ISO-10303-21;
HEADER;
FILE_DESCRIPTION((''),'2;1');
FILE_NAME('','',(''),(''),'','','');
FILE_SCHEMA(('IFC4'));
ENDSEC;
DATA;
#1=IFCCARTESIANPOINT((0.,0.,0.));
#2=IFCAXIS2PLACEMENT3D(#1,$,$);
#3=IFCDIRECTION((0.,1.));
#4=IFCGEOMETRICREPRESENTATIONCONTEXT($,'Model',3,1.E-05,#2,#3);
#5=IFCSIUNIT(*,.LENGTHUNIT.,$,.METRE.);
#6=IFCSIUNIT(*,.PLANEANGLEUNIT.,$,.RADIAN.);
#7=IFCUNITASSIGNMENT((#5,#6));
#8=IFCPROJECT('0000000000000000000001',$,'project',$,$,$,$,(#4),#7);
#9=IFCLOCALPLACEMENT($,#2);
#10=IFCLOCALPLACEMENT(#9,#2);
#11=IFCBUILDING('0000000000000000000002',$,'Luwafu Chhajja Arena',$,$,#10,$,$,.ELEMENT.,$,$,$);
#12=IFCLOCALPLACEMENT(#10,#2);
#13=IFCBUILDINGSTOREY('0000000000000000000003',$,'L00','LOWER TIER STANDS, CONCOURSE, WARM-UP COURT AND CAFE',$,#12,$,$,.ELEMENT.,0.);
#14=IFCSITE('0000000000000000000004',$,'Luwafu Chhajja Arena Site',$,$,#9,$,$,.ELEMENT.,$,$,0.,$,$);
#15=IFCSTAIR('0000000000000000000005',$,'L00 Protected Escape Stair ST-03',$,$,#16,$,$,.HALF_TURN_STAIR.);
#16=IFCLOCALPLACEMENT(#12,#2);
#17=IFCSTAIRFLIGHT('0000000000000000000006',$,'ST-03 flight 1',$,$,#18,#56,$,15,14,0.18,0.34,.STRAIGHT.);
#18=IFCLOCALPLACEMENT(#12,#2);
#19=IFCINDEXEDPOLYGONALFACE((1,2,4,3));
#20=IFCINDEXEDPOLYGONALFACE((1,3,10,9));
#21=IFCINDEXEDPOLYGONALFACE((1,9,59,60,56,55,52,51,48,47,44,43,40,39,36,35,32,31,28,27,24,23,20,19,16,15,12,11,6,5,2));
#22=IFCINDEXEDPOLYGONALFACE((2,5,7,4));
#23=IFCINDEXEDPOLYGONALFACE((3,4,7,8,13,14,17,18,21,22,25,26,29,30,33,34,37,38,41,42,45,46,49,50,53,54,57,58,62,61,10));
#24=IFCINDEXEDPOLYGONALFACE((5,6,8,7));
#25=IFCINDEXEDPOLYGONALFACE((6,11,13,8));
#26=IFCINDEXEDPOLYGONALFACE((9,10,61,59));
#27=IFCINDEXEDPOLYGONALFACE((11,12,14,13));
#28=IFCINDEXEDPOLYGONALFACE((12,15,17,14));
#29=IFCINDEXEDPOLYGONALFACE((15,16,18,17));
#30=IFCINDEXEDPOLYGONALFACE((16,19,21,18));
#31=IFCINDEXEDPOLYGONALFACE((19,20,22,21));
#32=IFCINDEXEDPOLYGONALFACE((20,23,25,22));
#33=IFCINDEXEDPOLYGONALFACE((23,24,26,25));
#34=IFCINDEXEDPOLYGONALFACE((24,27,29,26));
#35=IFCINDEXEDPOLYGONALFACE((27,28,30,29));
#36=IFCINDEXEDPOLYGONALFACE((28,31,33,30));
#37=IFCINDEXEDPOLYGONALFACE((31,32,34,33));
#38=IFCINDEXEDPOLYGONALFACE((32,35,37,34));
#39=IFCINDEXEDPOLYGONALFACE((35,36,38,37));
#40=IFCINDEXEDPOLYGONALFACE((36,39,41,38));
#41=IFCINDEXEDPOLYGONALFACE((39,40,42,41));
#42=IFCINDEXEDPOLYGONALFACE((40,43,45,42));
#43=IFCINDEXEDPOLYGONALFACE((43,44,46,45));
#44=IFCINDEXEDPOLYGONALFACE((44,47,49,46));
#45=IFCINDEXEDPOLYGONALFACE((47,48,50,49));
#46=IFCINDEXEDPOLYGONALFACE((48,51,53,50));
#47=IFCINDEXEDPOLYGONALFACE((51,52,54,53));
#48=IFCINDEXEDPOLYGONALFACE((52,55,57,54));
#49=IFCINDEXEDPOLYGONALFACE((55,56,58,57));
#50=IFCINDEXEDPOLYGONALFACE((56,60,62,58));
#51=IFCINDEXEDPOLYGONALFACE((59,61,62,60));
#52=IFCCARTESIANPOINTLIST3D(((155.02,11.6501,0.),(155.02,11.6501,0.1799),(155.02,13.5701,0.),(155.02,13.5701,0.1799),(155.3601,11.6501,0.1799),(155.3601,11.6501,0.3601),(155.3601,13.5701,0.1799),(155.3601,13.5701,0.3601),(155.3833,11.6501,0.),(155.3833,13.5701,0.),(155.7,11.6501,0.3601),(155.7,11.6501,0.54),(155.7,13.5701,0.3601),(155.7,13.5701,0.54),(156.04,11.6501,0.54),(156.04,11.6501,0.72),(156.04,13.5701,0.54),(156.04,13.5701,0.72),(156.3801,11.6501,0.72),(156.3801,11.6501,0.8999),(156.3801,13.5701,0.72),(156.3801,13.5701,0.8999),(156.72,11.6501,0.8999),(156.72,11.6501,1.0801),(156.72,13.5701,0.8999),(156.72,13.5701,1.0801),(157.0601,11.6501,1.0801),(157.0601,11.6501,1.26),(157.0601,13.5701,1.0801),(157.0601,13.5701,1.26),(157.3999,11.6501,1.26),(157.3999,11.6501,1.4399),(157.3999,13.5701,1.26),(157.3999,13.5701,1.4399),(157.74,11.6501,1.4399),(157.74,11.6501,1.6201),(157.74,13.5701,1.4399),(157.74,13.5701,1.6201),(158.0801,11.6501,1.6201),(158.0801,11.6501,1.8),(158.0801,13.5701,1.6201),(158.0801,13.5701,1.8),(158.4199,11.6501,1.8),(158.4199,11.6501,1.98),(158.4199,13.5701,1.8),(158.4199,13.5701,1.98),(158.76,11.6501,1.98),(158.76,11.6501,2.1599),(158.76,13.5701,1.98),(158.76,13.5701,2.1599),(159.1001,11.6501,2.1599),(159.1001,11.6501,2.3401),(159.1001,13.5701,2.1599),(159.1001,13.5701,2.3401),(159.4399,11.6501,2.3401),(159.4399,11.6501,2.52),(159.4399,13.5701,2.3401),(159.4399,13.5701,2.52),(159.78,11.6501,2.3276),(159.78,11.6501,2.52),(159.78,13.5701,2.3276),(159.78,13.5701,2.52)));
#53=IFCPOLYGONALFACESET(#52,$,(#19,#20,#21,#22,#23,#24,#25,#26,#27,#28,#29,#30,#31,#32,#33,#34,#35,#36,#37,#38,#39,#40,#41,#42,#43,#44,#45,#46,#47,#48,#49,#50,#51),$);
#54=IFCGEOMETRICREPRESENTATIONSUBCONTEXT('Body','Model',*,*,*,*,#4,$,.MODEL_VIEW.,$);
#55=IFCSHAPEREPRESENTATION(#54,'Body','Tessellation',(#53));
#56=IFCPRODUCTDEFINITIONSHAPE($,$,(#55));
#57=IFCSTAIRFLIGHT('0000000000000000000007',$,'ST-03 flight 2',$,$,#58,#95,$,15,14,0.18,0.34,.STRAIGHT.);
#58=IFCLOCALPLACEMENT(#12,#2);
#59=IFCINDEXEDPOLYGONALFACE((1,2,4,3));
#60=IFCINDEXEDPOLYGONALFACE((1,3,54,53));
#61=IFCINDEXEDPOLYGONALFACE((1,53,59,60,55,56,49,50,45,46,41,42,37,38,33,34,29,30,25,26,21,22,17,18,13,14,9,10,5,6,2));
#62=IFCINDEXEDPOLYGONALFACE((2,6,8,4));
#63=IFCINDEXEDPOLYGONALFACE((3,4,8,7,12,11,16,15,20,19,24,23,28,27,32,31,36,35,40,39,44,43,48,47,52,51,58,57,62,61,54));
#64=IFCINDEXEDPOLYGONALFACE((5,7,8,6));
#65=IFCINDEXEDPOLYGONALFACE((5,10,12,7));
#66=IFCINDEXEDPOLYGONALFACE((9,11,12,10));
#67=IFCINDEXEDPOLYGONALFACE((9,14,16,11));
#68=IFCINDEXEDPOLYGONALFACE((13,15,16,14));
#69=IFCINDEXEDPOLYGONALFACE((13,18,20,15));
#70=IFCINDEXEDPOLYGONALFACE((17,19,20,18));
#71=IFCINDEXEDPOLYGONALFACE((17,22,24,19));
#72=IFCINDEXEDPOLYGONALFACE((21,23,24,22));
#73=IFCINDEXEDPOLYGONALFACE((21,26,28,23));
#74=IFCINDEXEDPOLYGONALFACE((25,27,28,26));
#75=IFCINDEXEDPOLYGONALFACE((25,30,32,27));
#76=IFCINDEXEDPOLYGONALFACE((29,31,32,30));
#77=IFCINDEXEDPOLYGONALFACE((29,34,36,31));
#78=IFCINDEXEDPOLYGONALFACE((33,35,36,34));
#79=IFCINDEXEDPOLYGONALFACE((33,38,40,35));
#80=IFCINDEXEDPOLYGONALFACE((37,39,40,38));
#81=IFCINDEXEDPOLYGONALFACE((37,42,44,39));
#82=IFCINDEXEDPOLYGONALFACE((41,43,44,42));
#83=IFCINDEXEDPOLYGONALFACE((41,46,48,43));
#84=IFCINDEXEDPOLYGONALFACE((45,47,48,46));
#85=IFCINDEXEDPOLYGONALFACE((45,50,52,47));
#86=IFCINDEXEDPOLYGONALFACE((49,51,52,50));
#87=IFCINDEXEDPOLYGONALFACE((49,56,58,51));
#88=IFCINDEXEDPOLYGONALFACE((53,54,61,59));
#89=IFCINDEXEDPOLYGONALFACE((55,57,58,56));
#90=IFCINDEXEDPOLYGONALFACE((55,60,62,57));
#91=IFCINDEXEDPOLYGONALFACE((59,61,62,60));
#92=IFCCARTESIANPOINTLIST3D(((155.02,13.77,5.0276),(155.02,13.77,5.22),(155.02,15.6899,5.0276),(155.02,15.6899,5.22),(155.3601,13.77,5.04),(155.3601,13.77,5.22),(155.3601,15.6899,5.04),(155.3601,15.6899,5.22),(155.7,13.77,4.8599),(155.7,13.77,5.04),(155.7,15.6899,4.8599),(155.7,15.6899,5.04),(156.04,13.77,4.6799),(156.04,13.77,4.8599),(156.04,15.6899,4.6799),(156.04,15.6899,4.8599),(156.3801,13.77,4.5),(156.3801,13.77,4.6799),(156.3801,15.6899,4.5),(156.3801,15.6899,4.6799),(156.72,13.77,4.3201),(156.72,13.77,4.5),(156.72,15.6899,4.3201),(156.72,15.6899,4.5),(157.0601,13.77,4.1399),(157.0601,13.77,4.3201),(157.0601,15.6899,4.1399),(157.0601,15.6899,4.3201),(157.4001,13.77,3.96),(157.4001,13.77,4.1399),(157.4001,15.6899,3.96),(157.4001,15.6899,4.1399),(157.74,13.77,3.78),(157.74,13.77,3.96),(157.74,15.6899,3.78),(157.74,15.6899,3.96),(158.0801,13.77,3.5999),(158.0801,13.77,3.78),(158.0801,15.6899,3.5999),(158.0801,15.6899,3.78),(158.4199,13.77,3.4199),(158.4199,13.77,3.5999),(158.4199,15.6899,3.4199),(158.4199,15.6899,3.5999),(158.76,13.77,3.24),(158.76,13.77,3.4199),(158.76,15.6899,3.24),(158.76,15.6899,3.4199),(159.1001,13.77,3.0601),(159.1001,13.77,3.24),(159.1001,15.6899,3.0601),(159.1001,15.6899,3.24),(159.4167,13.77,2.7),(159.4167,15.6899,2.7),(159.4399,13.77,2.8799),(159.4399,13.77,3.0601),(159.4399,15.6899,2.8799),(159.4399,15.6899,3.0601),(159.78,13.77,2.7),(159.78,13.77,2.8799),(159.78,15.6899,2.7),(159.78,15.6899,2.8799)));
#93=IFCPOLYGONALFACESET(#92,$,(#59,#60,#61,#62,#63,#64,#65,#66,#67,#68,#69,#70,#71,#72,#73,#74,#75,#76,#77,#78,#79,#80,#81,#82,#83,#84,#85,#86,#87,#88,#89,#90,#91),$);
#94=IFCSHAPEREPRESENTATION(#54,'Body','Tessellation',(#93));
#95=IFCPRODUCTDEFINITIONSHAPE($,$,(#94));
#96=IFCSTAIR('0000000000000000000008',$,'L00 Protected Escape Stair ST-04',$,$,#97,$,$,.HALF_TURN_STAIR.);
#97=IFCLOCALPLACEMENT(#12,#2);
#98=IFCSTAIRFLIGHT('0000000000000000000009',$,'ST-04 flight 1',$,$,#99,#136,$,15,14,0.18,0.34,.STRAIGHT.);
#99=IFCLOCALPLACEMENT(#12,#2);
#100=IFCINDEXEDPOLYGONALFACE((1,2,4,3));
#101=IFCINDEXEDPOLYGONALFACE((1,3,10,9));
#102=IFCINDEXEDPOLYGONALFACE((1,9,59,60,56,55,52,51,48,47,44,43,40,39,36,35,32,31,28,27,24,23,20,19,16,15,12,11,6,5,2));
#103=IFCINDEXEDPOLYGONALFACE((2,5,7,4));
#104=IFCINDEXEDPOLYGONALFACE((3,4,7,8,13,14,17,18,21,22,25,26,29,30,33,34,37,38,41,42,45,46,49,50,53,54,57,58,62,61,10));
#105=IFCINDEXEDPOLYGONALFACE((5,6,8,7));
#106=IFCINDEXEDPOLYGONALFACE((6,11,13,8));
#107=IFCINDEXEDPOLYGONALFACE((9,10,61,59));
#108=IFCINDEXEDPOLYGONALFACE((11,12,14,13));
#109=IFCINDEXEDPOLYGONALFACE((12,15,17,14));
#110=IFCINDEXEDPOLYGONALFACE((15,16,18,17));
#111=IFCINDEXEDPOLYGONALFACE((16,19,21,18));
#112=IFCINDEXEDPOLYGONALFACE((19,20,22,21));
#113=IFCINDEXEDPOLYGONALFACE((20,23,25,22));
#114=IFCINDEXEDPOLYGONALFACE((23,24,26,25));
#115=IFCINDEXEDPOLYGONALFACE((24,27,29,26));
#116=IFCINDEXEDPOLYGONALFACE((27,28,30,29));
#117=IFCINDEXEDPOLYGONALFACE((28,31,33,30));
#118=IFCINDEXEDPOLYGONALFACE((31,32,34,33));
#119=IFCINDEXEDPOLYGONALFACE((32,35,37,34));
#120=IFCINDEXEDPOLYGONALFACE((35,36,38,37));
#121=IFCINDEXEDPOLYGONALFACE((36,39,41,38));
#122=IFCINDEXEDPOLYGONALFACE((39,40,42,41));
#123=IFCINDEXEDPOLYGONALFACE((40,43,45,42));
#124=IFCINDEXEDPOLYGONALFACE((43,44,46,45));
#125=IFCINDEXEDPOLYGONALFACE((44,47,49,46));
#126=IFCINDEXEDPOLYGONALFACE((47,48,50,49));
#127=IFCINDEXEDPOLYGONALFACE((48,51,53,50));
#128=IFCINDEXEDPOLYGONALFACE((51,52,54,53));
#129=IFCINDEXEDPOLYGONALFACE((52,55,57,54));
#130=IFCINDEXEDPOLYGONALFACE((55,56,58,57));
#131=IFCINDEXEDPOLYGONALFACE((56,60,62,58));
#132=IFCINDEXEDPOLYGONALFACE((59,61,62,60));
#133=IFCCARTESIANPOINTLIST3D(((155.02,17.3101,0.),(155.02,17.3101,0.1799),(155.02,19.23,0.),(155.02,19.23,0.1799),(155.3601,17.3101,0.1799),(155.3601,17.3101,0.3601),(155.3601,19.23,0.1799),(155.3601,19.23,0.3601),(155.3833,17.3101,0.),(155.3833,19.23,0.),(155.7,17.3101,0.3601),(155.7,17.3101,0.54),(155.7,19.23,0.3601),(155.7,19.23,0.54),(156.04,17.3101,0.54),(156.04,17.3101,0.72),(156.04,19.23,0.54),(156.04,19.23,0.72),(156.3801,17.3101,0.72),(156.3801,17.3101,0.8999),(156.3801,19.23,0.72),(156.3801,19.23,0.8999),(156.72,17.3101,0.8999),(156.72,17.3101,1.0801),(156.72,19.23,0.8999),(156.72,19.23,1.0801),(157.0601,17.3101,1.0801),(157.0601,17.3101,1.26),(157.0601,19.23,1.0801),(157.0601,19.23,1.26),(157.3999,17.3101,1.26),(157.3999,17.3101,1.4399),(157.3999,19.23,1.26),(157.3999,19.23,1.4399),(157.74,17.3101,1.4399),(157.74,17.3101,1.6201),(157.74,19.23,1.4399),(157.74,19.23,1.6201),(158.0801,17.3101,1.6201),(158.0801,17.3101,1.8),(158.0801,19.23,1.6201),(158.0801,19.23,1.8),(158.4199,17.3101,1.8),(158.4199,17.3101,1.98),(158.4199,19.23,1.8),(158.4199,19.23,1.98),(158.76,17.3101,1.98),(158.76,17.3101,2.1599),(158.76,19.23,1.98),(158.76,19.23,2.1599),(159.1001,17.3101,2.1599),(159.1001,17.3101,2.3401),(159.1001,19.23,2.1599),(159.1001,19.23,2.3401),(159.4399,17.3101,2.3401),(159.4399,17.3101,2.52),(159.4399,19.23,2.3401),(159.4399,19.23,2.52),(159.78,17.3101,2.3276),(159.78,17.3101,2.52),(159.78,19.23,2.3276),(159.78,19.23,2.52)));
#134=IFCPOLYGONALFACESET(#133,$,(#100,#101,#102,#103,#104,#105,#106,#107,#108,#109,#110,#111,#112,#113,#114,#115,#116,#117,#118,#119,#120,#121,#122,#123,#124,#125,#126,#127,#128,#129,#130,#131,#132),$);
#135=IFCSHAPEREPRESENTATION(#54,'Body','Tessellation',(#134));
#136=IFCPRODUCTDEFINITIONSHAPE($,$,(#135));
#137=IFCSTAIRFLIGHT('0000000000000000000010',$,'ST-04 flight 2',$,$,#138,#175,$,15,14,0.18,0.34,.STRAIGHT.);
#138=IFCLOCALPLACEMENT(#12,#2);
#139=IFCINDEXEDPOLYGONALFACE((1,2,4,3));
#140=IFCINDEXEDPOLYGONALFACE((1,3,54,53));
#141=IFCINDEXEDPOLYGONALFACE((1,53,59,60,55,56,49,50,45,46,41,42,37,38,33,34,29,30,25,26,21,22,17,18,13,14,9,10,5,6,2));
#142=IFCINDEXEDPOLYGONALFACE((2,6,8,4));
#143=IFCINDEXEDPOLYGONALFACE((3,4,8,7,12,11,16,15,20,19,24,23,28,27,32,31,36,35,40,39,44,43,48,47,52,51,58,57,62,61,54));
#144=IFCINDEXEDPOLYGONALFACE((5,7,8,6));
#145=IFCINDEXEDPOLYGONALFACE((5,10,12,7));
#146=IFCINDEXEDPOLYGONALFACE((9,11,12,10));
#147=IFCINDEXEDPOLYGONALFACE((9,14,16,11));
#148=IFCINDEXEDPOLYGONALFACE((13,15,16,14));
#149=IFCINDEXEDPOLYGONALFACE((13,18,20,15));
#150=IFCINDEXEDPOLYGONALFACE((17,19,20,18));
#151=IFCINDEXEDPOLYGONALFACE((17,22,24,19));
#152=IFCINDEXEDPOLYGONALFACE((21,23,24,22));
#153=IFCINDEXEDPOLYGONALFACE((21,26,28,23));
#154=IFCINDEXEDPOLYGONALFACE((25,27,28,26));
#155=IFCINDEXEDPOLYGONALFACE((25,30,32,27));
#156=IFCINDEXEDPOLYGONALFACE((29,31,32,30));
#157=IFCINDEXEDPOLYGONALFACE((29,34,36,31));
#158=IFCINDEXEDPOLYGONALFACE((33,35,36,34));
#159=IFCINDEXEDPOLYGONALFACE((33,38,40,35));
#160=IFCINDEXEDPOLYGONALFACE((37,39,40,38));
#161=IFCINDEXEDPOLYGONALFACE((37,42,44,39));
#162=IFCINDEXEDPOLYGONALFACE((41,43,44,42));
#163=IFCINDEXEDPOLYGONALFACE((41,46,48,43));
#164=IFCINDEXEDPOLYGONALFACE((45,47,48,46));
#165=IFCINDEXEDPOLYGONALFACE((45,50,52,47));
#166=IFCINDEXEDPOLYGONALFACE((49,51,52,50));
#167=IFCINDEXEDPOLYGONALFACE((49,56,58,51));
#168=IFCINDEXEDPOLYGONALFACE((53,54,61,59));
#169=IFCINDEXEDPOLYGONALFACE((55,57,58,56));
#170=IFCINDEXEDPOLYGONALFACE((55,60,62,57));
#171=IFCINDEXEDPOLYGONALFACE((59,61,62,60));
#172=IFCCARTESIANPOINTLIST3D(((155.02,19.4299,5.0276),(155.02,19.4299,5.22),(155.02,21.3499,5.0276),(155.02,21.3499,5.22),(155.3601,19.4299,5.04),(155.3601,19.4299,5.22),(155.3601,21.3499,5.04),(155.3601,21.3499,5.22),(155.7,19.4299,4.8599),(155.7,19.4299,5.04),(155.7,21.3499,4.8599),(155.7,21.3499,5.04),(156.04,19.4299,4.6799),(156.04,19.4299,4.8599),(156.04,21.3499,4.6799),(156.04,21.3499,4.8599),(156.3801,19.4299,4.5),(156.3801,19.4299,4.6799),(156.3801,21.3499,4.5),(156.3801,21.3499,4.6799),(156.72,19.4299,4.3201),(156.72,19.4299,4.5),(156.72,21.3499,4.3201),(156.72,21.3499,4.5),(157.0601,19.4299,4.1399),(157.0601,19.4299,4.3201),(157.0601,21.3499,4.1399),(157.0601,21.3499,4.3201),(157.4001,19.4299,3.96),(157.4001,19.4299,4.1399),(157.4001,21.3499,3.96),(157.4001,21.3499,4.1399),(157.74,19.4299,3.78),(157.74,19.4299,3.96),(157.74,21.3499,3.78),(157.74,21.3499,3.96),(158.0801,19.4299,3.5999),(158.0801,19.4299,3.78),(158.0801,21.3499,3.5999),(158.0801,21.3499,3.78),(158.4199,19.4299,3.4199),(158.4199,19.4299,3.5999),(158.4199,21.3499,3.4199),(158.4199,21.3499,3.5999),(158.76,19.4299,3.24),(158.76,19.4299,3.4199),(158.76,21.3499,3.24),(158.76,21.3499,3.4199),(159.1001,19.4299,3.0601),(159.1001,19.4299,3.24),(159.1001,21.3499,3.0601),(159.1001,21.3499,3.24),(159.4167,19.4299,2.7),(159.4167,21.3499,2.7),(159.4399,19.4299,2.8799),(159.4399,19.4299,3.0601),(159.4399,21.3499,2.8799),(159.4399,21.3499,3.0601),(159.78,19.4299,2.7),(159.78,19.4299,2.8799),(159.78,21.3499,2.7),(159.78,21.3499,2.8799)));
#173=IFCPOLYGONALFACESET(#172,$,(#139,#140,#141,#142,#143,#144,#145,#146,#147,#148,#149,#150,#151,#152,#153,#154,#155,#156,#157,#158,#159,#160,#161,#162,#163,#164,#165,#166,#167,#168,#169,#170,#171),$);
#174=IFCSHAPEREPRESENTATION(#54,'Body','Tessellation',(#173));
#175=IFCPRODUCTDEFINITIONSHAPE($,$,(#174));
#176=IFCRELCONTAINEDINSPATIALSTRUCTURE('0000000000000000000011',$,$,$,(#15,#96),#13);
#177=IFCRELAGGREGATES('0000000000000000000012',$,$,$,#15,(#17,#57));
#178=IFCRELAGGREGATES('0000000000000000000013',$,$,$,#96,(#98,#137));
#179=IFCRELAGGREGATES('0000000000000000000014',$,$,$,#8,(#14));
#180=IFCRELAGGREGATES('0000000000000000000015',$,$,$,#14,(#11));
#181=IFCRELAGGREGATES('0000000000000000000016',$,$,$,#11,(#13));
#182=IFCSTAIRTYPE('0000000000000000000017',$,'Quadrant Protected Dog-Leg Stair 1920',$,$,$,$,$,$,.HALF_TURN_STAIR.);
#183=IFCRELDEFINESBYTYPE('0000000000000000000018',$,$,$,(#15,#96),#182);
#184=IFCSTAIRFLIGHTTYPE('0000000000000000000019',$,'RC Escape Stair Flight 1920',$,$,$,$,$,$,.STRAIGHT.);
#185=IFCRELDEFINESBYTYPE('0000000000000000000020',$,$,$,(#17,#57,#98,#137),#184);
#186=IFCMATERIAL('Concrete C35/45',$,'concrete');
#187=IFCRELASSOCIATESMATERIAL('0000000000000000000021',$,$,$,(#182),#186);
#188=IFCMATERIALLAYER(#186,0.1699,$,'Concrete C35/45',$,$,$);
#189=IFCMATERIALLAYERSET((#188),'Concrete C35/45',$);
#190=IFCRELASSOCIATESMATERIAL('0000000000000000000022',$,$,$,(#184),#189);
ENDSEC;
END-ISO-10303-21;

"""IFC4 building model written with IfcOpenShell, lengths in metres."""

from ifc_helpers import new_model, si_unit, direction, frame, origin, place, context, subcontext, project, spatial, polyline, outline, extrude, material, layer, layer_set, type_object, element, aggregate, save


model = new_model("IFC4")

# Units and contexts
model_context = context("Model", 3, precision=1e-05, world=origin(), true_north=direction((0.0, 1.0)))
body_context = subcontext(model_context, "Body", "Model", "MODEL_VIEW")
ifc_project = project(units=[si_unit("LENGTHUNIT", "METRE"), si_unit("PLANEANGLEUNIT", "RADIAN")], contexts=[model_context])

# Site, building, storey
site_placement = place(None, origin())
site = spatial("IfcSite", under=ifc_project, at=site_placement, Name="Luwafu Chhajja Arena Site", CompositionType="ELEMENT", RefElevation=0.0)
building_placement = place(site_placement, origin())
building = spatial("IfcBuilding", under=site, at=building_placement, Name="Luwafu Chhajja Arena", CompositionType="ELEMENT")
storey_placement = place(building_placement, origin())
storey = spatial("IfcBuildingStorey", under=building, at=storey_placement, Name="L00", Description="LOWER TIER STANDS, CONCOURSE, WARM-UP COURT AND CAFE", CompositionType="ELEMENT", Elevation=0.0)

# Stairs, stair flights
ifc_material_1 = material(Name="Concrete C35/45", Category="concrete")
stair_type = type_object("IfcStairType", Name="Quadrant Protected Dog-Leg Stair 1920", PredefinedType="HALF_TURN_STAIR", material=ifc_material_1)
stair_1_placement = place(storey_placement, origin())
stair_1 = element("IfcStair", 1, at=stair_1_placement, inside=storey, type_object=stair_type, Name="L00 Protected Escape Stair ST-03", PredefinedType="HALF_TURN_STAIR")
ifc_layer = layer(ifc_material_1, 0.1699, Name="Concrete C35/45")
ifc_layer_set = layer_set([ifc_layer], Name="Concrete C35/45")
stair_flight_type = type_object("IfcStairFlightType", Name="RC Escape Stair Flight 1920", PredefinedType="STRAIGHT", material=ifc_layer_set)
stair_flight_1_placement = place(storey_placement, frame((155.02, 12.6101, 0.0), z_axis=(0.0, 0.0, 1.0), x_axis=(1.0, 0.0, 0.0)))
stair_flight_1 = element("IfcStairFlight", 2, at=stair_flight_1_placement, type_object=stair_flight_type, Name="ST-03 flight 1", NumberOfRisers=15, NumberOfTreads=14, PredefinedType="STRAIGHT", RiserHeight=0.18, TreadLength=0.34, context=body_context, shape_type="SweptSolid", body=[
    extrude(outline(polyline([(0.0, 0.0), (0.0, 0.1799), (0.3401, 0.1799), (0.3401, 0.3601), (0.6799, 0.3601), (0.6799, 0.54), (1.02, 0.54), (1.02, 0.72), (1.3601, 0.72), (1.3601, 0.8999), (1.7, 0.8999), (1.7, 1.0801), (2.04, 1.0801), (2.04, 1.26), (2.3799, 1.26), (2.3799, 1.4399), (2.72, 1.4399), (2.72, 1.6201), (3.0601, 1.6201), (3.0601, 1.8), (3.3999, 1.8), (3.3999, 1.98), (3.74, 1.98), (3.74, 2.1599), (4.0801, 2.1599), (4.0801, 2.3401), (4.4199, 2.3401), (4.4199, 2.52), (4.76, 2.52), (4.76, 2.7), (4.76, 2.3276), (0.3633, 0.0), (0.0, 0.0)])), frame((0.0, 0.96, 0.0), z_axis=(0.0, -1.0, 0.0), x_axis=(1.0, 0.0, 0.0)), (0.0, 0.0, 1.0), 1.9199),
])
stair_flight_2_placement = place(storey_placement, frame((159.78, 14.73, 2.7), z_axis=(0.0, 0.0, 1.0), x_axis=(-1.0, 0.0, 0.0)))
stair_flight_2 = element("IfcStairFlight", 3, at=stair_flight_2_placement, type_object=stair_flight_type, Name="ST-03 flight 2", NumberOfRisers=15, NumberOfTreads=14, PredefinedType="STRAIGHT", RiserHeight=0.18, TreadLength=0.34, context=body_context, shape_type="SweptSolid", body=[
    extrude(outline(polyline([(0.0, 0.0), (0.0, 0.1799), (0.3401, 0.1799), (0.3401, 0.3601), (0.6799, 0.3601), (0.6799, 0.54), (1.02, 0.54), (1.02, 0.72), (1.3601, 0.72), (1.3601, 0.8999), (1.7, 0.8999), (1.7, 1.0801), (2.04, 1.0801), (2.04, 1.26), (2.3799, 1.26), (2.3799, 1.4399), (2.72, 1.4399), (2.72, 1.6201), (3.0601, 1.6201), (3.0601, 1.8), (3.3999, 1.8), (3.3999, 1.98), (3.74, 1.98), (3.74, 2.1599), (4.0801, 2.1599), (4.0801, 2.3401), (4.4199, 2.3401), (4.4199, 2.52), (4.76, 2.52), (4.76, 2.7), (4.76, 2.3276), (0.3633, 0.0), (0.0, 0.0)])), frame((0.0, 0.96, 0.0), z_axis=(0.0, -1.0, 0.0), x_axis=(1.0, 0.0, 0.0)), (0.0, 0.0, 1.0), 1.9199),
])
aggregate(stair_1, [stair_flight_1, stair_flight_2])
stair_2_placement = place(storey_placement, origin())
stair_2 = element("IfcStair", 4, at=stair_2_placement, inside=storey, type_object=stair_type, Name="L00 Protected Escape Stair ST-04", PredefinedType="HALF_TURN_STAIR")
stair_flight_3_placement = place(storey_placement, frame((155.02, 18.27, 0.0), z_axis=(0.0, 0.0, 1.0), x_axis=(1.0, 0.0, 0.0)))
stair_flight_3 = element("IfcStairFlight", 5, at=stair_flight_3_placement, type_object=stair_flight_type, Name="ST-04 flight 1", NumberOfRisers=15, NumberOfTreads=14, PredefinedType="STRAIGHT", RiserHeight=0.18, TreadLength=0.34, context=body_context, shape_type="SweptSolid", body=[
    extrude(outline(polyline([(0.0, 0.0), (0.0, 0.1799), (0.3401, 0.1799), (0.3401, 0.3601), (0.6799, 0.3601), (0.6799, 0.54), (1.02, 0.54), (1.02, 0.72), (1.3601, 0.72), (1.3601, 0.8999), (1.7, 0.8999), (1.7, 1.0801), (2.04, 1.0801), (2.04, 1.26), (2.3799, 1.26), (2.3799, 1.4399), (2.72, 1.4399), (2.72, 1.6201), (3.0601, 1.6201), (3.0601, 1.8), (3.3999, 1.8), (3.3999, 1.98), (3.74, 1.98), (3.74, 2.1599), (4.0801, 2.1599), (4.0801, 2.3401), (4.4199, 2.3401), (4.4199, 2.52), (4.76, 2.52), (4.76, 2.7), (4.76, 2.3276), (0.3633, 0.0), (0.0, 0.0)])), frame((0.0, 0.96, 0.0), z_axis=(0.0, -1.0, 0.0), x_axis=(1.0, 0.0, 0.0)), (0.0, 0.0, 1.0), 1.9199),
])
stair_flight_4_placement = place(storey_placement, frame((159.78, 20.3899, 2.7), z_axis=(0.0, 0.0, 1.0), x_axis=(-1.0, 0.0, 0.0)))
stair_flight_4 = element("IfcStairFlight", 6, at=stair_flight_4_placement, type_object=stair_flight_type, Name="ST-04 flight 2", NumberOfRisers=15, NumberOfTreads=14, PredefinedType="STRAIGHT", RiserHeight=0.18, TreadLength=0.34, context=body_context, shape_type="SweptSolid", body=[
    extrude(outline(polyline([(0.0, 0.0), (0.0, 0.1799), (0.3401, 0.1799), (0.3401, 0.3601), (0.6799, 0.3601), (0.6799, 0.54), (1.02, 0.54), (1.02, 0.72), (1.3601, 0.72), (1.3601, 0.8999), (1.7, 0.8999), (1.7, 1.0801), (2.04, 1.0801), (2.04, 1.26), (2.3799, 1.26), (2.3799, 1.4399), (2.72, 1.4399), (2.72, 1.6201), (3.0601, 1.6201), (3.0601, 1.8), (3.3999, 1.8), (3.3999, 1.98), (3.74, 1.98), (3.74, 2.1599), (4.0801, 2.1599), (4.0801, 2.3401), (4.4199, 2.3401), (4.4199, 2.52), (4.76, 2.52), (4.76, 2.7), (4.76, 2.3276), (0.3633, 0.0), (0.0, 0.0)])), frame((0.0, 0.96, 0.0), z_axis=(0.0, -1.0, 0.0), x_axis=(1.0, 0.0, 0.0)), (0.0, 0.0, 1.0), 1.9199),
])
aggregate(stair_2, [stair_flight_3, stair_flight_4])

save(model, "model.ifc")
